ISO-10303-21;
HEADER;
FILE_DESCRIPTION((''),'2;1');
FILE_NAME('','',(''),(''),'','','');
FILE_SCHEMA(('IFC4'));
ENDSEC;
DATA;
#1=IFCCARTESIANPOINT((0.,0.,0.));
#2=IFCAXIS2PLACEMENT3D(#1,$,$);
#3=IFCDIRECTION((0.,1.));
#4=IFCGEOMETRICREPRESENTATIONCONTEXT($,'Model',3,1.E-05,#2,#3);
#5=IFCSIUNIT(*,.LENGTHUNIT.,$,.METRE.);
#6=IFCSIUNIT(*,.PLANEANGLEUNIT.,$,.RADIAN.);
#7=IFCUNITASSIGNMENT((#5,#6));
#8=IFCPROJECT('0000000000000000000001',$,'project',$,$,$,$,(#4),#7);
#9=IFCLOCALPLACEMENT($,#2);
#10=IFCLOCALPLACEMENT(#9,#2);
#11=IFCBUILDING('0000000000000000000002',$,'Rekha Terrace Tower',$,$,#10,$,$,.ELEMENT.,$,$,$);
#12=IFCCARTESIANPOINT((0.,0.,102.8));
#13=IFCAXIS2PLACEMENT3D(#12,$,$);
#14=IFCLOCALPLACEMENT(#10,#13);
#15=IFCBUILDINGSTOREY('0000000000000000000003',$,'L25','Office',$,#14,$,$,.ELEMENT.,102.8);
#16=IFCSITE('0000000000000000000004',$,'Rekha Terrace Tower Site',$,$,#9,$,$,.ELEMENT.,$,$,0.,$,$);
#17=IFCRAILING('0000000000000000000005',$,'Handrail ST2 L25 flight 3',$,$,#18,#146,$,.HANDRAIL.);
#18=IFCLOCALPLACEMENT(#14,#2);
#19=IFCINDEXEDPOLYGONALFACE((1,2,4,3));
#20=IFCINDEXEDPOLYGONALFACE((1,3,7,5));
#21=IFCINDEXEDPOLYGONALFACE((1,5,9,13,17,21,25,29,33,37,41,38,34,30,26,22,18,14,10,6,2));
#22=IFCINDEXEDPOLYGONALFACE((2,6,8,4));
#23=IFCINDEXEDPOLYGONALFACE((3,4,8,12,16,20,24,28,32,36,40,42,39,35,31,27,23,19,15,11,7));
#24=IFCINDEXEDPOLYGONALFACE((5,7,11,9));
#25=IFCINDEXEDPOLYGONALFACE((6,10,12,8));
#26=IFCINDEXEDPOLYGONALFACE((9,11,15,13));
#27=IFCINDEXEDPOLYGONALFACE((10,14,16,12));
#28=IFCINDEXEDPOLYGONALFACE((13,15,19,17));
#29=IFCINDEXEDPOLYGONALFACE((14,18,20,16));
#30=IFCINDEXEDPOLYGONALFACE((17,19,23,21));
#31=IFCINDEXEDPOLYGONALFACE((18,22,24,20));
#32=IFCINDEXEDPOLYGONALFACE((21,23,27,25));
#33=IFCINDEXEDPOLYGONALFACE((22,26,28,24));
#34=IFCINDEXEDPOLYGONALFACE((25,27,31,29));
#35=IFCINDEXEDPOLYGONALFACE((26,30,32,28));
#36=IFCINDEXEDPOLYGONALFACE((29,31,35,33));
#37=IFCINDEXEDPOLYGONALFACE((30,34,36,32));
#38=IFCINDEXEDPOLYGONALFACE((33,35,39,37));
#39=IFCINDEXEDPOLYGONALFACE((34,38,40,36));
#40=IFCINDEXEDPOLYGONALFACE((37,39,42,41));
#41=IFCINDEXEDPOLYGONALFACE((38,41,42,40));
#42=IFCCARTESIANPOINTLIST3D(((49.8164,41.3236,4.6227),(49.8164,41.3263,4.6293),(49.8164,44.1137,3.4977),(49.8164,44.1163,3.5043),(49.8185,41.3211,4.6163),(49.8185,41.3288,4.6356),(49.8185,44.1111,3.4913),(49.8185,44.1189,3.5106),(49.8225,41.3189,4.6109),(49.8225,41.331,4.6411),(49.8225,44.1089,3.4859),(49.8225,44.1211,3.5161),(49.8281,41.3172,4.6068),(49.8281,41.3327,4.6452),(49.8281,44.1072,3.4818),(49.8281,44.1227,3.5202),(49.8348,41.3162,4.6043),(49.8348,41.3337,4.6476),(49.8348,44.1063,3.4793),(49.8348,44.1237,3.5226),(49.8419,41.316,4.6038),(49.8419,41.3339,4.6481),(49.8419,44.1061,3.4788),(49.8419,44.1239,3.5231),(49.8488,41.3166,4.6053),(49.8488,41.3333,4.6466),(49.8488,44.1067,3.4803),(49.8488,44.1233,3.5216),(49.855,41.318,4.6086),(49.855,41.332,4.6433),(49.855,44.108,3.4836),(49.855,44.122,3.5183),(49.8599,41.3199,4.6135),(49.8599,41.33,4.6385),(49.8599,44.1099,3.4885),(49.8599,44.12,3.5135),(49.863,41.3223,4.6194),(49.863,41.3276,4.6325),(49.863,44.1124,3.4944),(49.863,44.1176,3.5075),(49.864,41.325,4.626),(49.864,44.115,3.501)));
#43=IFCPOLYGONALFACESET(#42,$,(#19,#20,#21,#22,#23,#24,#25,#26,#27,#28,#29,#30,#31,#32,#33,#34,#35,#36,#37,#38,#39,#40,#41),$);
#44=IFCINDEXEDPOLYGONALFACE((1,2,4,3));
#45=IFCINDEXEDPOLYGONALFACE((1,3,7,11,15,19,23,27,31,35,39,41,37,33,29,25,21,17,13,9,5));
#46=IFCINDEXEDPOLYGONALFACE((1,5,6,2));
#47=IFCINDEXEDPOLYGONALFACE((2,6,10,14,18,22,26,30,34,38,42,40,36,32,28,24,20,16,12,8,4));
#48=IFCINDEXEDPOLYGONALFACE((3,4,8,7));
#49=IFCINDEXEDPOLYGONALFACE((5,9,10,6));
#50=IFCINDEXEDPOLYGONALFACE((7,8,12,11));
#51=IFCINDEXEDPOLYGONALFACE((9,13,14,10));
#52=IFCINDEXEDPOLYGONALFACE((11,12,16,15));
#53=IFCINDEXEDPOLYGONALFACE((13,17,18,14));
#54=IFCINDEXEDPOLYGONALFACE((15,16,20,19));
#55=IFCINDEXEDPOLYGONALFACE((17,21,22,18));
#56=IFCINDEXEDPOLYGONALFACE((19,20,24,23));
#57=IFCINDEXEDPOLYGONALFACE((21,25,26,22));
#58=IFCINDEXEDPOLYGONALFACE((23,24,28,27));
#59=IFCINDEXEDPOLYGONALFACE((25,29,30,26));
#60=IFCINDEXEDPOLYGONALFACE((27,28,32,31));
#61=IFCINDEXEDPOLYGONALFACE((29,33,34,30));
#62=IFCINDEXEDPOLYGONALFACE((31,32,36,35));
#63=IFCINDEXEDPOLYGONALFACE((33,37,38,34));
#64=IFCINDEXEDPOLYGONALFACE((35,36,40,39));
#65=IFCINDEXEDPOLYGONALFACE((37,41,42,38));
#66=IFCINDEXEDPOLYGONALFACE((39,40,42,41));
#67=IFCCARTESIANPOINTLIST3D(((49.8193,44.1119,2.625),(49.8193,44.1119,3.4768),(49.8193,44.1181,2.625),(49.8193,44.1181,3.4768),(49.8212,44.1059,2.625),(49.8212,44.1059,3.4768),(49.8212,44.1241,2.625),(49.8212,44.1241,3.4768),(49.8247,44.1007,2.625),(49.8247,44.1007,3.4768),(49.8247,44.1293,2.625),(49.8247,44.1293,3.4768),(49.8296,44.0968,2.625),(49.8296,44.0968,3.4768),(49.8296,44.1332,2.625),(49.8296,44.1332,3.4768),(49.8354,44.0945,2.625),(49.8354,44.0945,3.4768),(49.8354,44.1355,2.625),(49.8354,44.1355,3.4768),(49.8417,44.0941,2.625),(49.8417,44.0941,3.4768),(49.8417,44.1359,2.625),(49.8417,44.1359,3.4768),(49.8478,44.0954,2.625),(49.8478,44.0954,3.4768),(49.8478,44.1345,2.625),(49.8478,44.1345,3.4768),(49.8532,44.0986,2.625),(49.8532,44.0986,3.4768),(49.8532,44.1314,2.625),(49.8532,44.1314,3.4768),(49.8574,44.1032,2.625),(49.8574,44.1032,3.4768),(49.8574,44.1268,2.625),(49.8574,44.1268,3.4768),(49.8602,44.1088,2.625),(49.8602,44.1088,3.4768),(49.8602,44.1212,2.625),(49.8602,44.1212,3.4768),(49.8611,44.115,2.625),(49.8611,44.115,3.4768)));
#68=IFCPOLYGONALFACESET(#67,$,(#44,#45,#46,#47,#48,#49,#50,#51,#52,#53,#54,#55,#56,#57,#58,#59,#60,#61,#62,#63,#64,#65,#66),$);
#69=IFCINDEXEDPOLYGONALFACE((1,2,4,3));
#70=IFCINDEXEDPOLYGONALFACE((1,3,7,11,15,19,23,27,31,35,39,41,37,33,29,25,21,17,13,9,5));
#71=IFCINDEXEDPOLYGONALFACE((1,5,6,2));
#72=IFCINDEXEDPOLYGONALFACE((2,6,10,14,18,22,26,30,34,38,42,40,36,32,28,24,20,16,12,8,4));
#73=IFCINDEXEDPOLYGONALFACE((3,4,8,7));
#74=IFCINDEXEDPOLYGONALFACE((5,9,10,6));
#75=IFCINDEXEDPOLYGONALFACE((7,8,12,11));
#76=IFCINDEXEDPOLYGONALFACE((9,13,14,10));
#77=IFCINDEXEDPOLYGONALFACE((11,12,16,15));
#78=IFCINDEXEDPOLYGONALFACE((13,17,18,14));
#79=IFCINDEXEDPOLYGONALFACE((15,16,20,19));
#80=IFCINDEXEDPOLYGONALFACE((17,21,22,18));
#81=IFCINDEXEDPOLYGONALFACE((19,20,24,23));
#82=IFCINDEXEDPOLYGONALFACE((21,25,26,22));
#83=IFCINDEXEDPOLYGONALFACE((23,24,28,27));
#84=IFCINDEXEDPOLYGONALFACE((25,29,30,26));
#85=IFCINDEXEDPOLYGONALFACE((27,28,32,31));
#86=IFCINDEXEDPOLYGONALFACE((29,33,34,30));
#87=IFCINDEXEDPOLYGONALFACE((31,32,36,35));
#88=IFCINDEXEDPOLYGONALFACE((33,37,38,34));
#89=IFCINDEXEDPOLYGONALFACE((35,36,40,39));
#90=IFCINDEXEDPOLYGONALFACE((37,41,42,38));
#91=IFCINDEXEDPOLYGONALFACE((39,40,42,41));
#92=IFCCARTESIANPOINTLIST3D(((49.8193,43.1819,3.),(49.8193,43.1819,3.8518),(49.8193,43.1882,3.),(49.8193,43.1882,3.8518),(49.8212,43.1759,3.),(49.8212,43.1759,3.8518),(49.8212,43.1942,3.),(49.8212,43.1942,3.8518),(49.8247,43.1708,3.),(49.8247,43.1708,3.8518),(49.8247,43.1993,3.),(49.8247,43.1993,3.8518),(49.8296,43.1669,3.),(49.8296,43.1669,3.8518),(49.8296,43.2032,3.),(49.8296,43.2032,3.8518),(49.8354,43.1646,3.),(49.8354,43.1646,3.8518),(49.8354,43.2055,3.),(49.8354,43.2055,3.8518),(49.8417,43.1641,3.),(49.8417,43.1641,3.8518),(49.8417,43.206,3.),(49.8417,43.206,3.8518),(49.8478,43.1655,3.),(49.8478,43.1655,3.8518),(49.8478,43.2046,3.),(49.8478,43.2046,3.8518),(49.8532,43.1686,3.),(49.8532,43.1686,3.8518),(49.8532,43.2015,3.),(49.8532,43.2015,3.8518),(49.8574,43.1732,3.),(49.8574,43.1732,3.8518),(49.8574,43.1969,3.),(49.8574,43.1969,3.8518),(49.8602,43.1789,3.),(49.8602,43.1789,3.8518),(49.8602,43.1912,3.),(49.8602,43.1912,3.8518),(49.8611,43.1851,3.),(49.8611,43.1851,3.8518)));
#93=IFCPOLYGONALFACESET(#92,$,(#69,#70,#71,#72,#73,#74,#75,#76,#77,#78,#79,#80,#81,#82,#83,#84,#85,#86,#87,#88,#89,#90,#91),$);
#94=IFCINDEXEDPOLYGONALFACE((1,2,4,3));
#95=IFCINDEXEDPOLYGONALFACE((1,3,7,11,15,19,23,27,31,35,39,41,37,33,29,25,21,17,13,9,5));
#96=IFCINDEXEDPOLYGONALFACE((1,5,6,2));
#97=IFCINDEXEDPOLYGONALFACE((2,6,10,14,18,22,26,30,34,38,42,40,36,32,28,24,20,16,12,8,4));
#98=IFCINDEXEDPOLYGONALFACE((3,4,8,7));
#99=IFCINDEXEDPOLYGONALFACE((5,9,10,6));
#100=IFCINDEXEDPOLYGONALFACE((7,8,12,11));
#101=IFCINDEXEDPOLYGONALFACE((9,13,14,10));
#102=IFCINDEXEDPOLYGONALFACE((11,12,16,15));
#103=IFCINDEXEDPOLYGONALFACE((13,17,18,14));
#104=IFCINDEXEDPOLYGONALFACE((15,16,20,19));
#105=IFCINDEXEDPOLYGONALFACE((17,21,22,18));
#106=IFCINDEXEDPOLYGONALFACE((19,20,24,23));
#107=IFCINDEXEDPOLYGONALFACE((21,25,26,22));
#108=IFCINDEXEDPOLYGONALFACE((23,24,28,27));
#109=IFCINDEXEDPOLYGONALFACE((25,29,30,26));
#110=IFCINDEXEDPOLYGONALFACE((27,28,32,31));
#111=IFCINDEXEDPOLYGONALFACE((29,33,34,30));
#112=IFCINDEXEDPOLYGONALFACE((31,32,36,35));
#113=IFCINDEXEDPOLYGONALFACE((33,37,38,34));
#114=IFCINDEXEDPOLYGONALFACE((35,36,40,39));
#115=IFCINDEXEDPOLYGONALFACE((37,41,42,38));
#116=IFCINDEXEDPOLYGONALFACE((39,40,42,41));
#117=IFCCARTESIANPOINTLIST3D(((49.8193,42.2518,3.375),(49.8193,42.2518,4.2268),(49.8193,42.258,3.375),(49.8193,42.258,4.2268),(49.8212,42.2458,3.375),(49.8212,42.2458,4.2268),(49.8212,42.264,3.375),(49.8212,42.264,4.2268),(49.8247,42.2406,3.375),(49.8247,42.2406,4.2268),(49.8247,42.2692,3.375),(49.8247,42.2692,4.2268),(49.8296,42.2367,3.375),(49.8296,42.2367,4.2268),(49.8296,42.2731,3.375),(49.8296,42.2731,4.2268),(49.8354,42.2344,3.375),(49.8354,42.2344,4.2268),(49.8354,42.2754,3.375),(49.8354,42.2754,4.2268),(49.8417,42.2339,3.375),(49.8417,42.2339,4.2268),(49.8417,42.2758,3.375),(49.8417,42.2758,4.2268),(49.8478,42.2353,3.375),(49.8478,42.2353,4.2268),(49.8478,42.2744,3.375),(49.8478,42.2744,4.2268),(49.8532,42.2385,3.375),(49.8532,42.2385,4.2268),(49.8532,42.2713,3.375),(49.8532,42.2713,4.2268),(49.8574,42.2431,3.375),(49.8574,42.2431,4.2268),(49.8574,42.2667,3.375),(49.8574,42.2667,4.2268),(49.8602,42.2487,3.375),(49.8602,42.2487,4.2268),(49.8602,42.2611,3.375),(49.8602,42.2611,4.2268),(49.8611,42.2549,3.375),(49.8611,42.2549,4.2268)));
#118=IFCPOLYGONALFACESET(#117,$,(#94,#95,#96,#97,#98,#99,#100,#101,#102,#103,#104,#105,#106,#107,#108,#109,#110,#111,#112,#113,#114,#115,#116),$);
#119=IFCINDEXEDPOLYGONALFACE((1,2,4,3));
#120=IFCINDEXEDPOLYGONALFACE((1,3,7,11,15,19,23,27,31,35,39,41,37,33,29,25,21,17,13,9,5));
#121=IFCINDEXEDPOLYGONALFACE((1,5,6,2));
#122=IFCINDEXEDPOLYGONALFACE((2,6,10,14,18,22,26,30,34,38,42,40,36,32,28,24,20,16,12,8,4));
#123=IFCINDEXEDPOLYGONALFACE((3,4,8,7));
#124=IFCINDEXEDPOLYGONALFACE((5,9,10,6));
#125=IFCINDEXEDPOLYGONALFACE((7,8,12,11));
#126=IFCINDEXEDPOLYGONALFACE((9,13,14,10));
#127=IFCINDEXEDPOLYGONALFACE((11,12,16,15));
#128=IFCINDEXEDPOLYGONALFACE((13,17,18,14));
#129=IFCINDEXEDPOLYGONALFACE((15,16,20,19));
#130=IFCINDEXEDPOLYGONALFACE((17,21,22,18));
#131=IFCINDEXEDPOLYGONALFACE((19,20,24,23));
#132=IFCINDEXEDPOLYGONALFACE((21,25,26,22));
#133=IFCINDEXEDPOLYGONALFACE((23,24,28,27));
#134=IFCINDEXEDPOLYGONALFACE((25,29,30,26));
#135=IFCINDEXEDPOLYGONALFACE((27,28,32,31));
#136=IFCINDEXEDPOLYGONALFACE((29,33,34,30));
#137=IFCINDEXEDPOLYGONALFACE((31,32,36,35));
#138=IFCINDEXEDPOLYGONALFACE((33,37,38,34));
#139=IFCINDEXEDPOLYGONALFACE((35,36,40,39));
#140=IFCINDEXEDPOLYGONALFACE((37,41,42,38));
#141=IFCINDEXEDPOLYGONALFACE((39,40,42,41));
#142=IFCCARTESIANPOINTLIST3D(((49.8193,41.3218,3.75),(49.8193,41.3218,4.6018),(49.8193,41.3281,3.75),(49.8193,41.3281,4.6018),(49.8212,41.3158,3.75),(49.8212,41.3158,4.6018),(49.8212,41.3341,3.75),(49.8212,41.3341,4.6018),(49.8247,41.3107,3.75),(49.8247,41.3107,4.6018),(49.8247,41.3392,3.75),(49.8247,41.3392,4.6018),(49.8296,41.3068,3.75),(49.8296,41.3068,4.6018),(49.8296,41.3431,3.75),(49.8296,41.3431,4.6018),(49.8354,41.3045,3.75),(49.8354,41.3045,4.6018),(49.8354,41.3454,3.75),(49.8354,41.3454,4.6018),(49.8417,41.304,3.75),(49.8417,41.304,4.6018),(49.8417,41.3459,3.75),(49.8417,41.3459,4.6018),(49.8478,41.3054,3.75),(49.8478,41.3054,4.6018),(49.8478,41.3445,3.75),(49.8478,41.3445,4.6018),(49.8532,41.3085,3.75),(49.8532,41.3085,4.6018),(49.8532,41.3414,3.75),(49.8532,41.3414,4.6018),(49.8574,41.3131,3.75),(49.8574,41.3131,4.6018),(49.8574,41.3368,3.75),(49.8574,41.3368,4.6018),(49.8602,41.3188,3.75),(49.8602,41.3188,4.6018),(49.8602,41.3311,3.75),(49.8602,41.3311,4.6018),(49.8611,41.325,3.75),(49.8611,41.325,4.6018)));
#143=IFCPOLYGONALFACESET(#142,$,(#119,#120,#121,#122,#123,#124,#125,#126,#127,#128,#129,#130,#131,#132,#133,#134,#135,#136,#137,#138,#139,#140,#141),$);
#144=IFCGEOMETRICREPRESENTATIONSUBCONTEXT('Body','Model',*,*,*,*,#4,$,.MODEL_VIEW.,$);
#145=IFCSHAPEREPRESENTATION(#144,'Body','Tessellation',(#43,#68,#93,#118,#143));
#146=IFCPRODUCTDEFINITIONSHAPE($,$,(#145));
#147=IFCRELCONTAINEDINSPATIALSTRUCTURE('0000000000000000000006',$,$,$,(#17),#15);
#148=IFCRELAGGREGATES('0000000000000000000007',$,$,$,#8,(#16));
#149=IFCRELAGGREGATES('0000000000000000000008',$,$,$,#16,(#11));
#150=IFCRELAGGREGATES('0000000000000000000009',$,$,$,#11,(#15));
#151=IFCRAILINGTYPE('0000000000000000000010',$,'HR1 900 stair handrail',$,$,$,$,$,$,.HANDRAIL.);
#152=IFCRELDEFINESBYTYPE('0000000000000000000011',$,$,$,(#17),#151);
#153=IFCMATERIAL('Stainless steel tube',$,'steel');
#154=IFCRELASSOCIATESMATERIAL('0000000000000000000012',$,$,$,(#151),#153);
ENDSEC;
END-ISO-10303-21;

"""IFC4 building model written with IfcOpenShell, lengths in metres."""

from ifc_helpers import new_model, si_unit, direction, frame, origin, origin_2d, place, context, subcontext, project, spatial, circle, extrude, material, type_object, element, save


model = new_model("IFC4")

# Units and contexts
model_context = context("Model", 3, precision=1e-05, world=origin(), true_north=direction((0.0, 1.0)))
body_context = subcontext(model_context, "Body", "Model", "MODEL_VIEW")
ifc_project = project(units=[si_unit("LENGTHUNIT", "METRE"), si_unit("PLANEANGLEUNIT", "RADIAN")], contexts=[model_context])

# Site, building, storey
site_placement = place(None, origin())
site = spatial("IfcSite", under=ifc_project, at=site_placement, Name="Rekha Terrace Tower Site", CompositionType="ELEMENT", RefElevation=0.0)
building_placement = place(site_placement, origin())
building = spatial("IfcBuilding", under=site, at=building_placement, Name="Rekha Terrace Tower", CompositionType="ELEMENT")
storey_placement = place(building_placement, frame((0.0, 0.0, 102.8)))
storey = spatial("IfcBuildingStorey", under=building, at=storey_placement, Name="L25", Description="Office", CompositionType="ELEMENT", Elevation=102.8)

# Railing
ifc_material_1 = material(Name="Stainless steel tube", Category="steel")
railing_type_1 = type_object("IfcRailingType", Name="HR1 900 stair handrail", PredefinedType="HANDRAIL", material=ifc_material_1)
railing_1_placement = place(storey_placement, frame((49.8401, 44.115, 2.625)))
element("IfcRailing", 1, at=railing_1_placement, inside=storey, type_object=railing_type_1, Name="Handrail ST2 L25 flight 3", PredefinedType="HANDRAIL", context=body_context, shape_type="SweptSolid", body=[
    extrude(circle(Radius=0.0239, at=origin_2d()), frame((0.0, 0.0, 0.876), z_axis=(0.0, -0.927443, 0.373964), x_axis=(1.0, 0.0, 0.0)), (0.0, 0.0, 1.0), 3.0083),
    extrude(circle(Radius=0.021, at=origin_2d()), origin(), (0.0, 0.0, 1.0), 0.8518),
    extrude(circle(Radius=0.021, at=origin_2d()), frame((0.0, -0.9299, 0.375)), (0.0, 0.0, 1.0), 0.8518),
    extrude(circle(Radius=0.021, at=origin_2d()), frame((0.0, -1.8601, 0.75)), (0.0, 0.0, 1.0), 0.8518),
    extrude(circle(Radius=0.021, at=origin_2d()), frame((0.0, -2.79, 1.125)), (0.0, 0.0, 1.0), 0.8518),
])

save(model, "model.ifc")
